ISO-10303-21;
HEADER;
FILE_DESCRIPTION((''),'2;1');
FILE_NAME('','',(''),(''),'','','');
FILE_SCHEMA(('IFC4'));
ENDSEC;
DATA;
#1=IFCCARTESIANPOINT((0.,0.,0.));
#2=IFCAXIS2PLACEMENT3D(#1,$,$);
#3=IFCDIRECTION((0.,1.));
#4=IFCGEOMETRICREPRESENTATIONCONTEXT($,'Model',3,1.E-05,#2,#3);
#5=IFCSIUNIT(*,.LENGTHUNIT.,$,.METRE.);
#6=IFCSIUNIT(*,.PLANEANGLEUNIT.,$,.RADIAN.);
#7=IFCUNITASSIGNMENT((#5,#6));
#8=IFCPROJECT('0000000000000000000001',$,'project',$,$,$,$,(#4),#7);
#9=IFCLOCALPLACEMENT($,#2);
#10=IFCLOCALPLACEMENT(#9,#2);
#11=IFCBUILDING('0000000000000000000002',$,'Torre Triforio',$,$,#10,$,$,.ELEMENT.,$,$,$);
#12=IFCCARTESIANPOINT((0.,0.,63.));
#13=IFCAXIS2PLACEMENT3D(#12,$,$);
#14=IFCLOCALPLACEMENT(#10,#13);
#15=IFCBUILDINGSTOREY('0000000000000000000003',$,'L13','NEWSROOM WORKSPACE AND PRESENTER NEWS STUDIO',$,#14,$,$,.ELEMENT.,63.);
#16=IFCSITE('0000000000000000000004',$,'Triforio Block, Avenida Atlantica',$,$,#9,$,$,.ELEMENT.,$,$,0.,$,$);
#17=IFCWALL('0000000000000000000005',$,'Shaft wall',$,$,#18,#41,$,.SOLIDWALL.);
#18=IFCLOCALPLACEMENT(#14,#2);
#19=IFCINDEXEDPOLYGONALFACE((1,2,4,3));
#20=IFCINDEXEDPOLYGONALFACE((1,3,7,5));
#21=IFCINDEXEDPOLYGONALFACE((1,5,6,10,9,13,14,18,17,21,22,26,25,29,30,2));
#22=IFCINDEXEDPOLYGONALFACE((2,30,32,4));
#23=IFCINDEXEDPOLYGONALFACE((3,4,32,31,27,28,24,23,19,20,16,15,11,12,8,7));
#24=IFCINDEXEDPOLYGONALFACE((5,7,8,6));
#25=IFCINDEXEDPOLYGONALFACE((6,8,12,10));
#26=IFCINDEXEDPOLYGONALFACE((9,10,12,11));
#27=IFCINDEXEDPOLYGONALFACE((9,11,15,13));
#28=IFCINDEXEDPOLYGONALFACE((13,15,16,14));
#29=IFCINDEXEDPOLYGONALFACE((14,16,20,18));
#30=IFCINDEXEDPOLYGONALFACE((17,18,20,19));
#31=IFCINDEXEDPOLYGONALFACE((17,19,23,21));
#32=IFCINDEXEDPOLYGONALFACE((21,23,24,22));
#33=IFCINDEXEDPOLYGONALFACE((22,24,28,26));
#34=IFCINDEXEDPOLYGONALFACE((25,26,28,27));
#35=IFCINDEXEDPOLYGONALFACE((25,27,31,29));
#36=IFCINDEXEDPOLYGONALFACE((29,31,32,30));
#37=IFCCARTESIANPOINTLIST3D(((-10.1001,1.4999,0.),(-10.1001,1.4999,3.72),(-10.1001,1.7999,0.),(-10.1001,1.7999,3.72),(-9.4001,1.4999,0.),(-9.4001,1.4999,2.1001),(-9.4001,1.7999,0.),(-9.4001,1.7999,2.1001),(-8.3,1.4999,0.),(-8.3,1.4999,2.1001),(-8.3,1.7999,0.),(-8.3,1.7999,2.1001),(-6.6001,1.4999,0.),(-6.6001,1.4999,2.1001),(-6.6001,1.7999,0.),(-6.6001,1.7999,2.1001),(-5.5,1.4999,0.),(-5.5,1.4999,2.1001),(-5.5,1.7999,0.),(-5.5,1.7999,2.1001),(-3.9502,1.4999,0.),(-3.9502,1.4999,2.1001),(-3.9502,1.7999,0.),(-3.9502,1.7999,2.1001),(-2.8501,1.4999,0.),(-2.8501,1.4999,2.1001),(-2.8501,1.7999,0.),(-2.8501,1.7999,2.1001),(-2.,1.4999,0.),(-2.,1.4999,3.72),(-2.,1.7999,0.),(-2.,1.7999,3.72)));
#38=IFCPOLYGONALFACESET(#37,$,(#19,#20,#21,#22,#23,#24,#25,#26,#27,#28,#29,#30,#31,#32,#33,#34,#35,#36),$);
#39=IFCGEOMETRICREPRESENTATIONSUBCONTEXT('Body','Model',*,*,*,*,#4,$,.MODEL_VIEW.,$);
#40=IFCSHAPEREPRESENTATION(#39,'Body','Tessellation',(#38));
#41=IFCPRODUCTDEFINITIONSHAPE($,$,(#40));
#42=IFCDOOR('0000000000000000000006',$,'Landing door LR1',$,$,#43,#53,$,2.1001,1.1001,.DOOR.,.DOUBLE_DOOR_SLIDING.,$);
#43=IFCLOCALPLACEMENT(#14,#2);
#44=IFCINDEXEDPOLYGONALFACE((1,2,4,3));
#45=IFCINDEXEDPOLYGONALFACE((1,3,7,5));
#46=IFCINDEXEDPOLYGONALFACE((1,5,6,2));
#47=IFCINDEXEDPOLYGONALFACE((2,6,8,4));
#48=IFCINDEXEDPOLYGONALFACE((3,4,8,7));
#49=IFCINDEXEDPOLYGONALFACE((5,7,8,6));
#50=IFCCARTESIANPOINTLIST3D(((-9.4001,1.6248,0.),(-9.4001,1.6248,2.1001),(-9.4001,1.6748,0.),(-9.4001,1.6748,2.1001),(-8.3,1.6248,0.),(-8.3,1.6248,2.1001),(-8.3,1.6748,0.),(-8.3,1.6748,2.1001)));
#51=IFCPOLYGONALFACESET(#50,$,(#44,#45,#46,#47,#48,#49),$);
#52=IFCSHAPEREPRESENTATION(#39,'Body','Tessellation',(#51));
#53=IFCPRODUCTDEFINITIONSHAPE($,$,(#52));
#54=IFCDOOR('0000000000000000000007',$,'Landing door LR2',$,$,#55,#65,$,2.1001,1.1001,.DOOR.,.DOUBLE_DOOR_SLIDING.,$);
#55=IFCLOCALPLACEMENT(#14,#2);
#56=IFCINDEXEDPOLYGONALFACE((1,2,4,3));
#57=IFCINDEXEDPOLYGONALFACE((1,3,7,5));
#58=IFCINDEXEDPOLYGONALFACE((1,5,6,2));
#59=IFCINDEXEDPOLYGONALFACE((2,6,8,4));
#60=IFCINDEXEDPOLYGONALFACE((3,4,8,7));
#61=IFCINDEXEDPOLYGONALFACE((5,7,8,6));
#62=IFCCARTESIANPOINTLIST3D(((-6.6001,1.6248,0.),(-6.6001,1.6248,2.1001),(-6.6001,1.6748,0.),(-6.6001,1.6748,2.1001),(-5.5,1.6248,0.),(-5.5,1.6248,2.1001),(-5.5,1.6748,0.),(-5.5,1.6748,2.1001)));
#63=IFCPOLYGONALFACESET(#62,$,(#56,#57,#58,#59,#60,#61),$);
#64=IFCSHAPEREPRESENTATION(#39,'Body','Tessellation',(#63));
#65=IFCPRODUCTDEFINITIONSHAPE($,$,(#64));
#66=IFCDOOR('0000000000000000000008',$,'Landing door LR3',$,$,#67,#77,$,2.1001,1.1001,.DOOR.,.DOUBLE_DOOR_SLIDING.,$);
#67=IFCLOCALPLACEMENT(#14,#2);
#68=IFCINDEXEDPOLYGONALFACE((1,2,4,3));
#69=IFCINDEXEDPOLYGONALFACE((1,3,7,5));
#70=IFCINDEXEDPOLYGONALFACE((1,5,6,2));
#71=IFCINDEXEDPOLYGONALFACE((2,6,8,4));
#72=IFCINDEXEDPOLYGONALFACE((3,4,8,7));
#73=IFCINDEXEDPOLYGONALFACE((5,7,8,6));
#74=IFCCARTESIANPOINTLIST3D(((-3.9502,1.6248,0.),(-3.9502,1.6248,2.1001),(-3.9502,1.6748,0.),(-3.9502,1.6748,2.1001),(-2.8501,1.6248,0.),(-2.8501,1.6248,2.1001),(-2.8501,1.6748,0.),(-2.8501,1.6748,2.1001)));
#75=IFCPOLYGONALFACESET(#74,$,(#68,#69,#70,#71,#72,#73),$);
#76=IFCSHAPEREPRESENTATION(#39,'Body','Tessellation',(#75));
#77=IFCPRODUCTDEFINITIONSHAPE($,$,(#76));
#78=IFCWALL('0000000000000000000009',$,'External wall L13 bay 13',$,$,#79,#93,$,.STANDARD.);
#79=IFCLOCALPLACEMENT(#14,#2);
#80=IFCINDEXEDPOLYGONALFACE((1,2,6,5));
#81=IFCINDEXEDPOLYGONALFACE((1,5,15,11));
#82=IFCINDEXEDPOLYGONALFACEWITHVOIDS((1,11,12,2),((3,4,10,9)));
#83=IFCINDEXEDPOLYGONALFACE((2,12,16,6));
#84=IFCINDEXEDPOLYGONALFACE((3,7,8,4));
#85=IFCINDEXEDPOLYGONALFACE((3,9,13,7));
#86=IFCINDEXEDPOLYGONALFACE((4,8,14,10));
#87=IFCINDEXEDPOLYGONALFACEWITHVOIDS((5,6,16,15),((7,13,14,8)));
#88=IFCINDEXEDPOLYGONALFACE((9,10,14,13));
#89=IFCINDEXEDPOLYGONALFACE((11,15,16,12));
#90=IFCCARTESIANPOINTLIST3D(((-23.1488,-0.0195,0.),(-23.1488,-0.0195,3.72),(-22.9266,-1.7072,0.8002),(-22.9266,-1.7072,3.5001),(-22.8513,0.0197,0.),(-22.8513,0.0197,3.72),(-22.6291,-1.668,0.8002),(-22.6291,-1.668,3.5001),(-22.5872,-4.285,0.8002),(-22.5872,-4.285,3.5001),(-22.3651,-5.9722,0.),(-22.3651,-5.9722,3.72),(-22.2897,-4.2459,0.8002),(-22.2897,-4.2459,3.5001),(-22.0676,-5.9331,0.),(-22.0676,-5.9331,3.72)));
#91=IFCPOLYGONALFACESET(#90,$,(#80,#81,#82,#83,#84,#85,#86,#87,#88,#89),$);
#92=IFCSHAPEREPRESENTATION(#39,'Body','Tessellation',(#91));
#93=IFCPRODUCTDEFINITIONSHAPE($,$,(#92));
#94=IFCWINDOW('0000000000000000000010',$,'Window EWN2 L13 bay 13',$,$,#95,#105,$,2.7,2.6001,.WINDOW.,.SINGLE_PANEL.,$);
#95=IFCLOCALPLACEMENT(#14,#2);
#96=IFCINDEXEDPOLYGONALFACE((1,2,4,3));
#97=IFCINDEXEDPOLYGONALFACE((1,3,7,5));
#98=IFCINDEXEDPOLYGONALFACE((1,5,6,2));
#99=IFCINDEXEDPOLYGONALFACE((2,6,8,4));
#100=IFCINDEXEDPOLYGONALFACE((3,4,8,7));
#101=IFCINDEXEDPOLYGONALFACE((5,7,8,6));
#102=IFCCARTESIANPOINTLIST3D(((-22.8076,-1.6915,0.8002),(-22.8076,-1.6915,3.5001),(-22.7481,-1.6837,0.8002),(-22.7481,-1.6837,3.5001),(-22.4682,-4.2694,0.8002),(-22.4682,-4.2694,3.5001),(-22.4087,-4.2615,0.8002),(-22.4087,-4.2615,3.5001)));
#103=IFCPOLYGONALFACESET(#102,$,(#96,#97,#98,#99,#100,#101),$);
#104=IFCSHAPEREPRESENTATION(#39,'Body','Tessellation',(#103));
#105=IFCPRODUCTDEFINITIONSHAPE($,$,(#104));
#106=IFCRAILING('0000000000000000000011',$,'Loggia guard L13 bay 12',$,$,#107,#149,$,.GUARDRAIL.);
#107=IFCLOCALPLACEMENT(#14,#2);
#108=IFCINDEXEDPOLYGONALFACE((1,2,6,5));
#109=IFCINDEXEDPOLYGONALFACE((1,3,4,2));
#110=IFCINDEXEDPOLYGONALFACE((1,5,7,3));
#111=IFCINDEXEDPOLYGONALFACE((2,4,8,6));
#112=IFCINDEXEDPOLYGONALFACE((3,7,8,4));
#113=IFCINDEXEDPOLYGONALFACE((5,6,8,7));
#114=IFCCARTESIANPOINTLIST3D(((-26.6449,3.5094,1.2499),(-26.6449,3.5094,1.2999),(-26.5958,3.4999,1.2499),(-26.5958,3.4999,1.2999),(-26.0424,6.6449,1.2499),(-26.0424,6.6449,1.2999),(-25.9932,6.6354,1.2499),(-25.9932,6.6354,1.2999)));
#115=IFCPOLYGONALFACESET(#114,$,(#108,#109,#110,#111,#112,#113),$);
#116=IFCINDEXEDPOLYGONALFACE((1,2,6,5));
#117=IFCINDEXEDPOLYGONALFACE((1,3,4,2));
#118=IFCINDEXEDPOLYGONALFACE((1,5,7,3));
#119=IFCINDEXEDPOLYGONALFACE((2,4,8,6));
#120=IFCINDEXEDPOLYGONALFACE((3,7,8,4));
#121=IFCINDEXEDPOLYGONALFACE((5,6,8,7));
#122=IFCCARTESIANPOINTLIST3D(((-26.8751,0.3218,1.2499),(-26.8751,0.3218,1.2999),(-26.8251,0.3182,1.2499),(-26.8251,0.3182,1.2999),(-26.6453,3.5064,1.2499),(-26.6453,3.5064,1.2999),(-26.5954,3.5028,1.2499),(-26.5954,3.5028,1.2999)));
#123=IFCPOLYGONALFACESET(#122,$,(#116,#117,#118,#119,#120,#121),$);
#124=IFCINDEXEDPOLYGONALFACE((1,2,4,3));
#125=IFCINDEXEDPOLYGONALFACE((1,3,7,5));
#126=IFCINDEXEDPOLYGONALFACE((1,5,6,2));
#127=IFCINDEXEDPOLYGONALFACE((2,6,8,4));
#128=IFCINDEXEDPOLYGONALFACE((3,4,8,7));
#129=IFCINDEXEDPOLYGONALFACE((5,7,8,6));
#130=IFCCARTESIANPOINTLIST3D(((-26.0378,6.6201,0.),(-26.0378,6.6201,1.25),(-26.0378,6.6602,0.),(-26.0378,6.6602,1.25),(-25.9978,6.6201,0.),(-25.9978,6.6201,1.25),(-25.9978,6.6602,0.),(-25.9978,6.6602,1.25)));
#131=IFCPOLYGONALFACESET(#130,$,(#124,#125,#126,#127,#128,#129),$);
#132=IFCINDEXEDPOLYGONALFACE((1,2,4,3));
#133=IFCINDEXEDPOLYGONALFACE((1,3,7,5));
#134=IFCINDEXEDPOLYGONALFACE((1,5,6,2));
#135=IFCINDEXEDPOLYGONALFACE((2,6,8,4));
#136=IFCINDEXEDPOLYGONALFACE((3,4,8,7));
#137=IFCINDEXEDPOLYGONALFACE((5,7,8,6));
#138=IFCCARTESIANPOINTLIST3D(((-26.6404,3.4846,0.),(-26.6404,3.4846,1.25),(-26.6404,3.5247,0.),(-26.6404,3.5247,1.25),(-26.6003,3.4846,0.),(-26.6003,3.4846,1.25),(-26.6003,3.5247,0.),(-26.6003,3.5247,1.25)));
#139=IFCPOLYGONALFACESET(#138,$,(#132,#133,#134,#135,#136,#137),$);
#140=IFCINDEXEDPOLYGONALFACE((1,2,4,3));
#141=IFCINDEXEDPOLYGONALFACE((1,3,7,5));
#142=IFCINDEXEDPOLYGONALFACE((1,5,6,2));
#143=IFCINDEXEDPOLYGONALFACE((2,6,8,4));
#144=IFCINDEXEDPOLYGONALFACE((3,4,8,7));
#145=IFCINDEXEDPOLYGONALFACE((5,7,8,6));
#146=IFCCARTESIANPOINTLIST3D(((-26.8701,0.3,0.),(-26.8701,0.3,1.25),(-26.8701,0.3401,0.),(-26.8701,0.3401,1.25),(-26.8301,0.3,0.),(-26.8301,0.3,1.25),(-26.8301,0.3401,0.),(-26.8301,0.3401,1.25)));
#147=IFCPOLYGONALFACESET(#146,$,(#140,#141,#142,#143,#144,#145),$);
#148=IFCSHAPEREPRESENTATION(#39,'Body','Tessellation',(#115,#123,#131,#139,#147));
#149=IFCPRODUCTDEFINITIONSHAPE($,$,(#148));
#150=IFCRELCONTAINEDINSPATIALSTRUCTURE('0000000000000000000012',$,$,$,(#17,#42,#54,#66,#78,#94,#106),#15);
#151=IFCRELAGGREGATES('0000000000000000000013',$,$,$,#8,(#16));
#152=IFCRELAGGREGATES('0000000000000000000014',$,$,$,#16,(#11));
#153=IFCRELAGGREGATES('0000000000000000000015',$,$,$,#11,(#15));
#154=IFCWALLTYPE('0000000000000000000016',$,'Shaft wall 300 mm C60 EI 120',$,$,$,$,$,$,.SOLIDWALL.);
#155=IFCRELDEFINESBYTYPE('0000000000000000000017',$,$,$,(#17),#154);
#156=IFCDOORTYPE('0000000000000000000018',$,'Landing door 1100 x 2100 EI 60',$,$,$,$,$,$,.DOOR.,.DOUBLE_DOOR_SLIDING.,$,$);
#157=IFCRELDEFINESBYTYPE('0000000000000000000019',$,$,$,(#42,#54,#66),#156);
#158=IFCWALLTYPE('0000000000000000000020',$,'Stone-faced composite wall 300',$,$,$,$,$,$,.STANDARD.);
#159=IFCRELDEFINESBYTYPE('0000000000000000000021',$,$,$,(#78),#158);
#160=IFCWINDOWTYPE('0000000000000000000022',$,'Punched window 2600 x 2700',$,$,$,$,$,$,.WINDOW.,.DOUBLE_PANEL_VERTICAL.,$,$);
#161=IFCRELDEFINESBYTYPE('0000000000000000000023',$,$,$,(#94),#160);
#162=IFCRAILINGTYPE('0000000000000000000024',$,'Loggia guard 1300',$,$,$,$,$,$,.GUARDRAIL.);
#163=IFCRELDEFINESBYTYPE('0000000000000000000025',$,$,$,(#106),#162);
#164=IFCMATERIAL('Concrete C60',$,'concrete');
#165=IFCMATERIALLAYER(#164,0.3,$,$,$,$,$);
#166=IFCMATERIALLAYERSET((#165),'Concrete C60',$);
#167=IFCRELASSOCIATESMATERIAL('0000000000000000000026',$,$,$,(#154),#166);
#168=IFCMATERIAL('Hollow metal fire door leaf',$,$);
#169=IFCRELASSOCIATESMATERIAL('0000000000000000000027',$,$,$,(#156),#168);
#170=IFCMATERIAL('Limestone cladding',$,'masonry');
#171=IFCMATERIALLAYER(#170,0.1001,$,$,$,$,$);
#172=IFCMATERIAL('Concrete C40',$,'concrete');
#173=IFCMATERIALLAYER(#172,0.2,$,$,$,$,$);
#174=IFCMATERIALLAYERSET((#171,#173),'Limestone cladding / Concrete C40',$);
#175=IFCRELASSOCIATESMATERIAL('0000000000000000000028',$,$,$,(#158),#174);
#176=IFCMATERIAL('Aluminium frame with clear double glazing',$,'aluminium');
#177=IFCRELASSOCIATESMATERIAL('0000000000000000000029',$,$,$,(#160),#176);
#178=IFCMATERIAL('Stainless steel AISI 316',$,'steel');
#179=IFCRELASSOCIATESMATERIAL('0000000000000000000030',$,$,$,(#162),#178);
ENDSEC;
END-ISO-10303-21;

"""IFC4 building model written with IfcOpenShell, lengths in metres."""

from ifc_helpers import new_model, si_unit, direction, frame, frame_2d, origin, origin_2d, place, context, subcontext, project, spatial, rectangle, extrude, material, layer, layer_set, type_object, element, fill, save


model = new_model("IFC4")

# Units and contexts
model_context = context("Model", 3, precision=1e-05, world=origin(), true_north=direction((0.0, 1.0)))
body_context = subcontext(model_context, "Body", "Model", "MODEL_VIEW")
ifc_project = project(units=[si_unit("LENGTHUNIT", "METRE"), si_unit("PLANEANGLEUNIT", "RADIAN")], contexts=[model_context])

# Site, building, storey
site_placement = place(None, origin())
site = spatial("IfcSite", under=ifc_project, at=site_placement, Name="Triforio Block, Avenida Atlantica", CompositionType="ELEMENT", RefElevation=0.0)
building_placement = place(site_placement, origin())
building = spatial("IfcBuilding", under=site, at=building_placement, Name="Torre Triforio", CompositionType="ELEMENT")
storey_placement = place(building_placement, frame((0.0, 0.0, 63.0)))
storey = spatial("IfcBuildingStorey", under=building, at=storey_placement, Name="L13", Description="NEWSROOM WORKSPACE AND PRESENTER NEWS STUDIO", CompositionType="ELEMENT", Elevation=63.0)

# Shared definitions
ifc_material_1 = material(Name="Concrete C60", Category="concrete")
ifc_material_2 = material(Name="Hollow metal fire door leaf")

# Shared definitions
ifc_layer_1 = layer(ifc_material_1, 0.3)
ifc_layer_set_1 = layer_set([ifc_layer_1], Name="Concrete C60")
wall_type_1 = type_object("IfcWallType", Name="Shaft wall 300 mm C60 EI 120", PredefinedType="SOLIDWALL", material=ifc_layer_set_1)

# Wall, openings, doors
wall_1_placement = place(storey_placement, frame((-10.1001, 1.6499, 0.0), z_axis=(0.0, 0.0, 1.0), x_axis=(1.0, 0.0, 0.0)))
wall_1 = element("IfcWall", 1, at=wall_1_placement, inside=storey, type_object=wall_type_1, Name="Shaft wall", PredefinedType="SOLIDWALL", context=body_context, shape_type="SweptSolid", body=[
    extrude(rectangle(XDim=8.1001, YDim=0.3, at=frame_2d((4.05, 0.0))), origin(), (0.0, 0.0, 1.0), 3.72),
])
opening_1_placement = place(wall_1_placement, frame((0.7, 0.0, 0.0)))
opening_1 = element("IfcOpeningElement", 2, at=opening_1_placement, cuts=wall_1, PredefinedType="OPENING", context=body_context, shape_type="SweptSolid", body=[
    extrude(rectangle(XDim=1.1001, YDim=2.1001, at=frame_2d((0.55, 1.05))), frame((0.0, 0.1599, 0.0), z_axis=(0.0, -1.0, 0.0), x_axis=(1.0, 0.0, 0.0)), (0.0, 0.0, 1.0), 0.3201),
])
opening_2_placement = place(wall_1_placement, frame((3.5, 0.0, 0.0)))
opening_2 = element("IfcOpeningElement", 3, at=opening_2_placement, cuts=wall_1, PredefinedType="OPENING", context=body_context, shape_type="SweptSolid", body=[
    extrude(rectangle(XDim=1.1001, YDim=2.1001, at=frame_2d((0.55, 1.05))), frame((0.0, 0.1599, 0.0), z_axis=(0.0, -1.0, 0.0), x_axis=(1.0, 0.0, 0.0)), (0.0, 0.0, 1.0), 0.3201),
])
opening_3_placement = place(wall_1_placement, frame((6.1499, 0.0, 0.0)))
opening_3 = element("IfcOpeningElement", 4, at=opening_3_placement, cuts=wall_1, PredefinedType="OPENING", context=body_context, shape_type="SweptSolid", body=[
    extrude(rectangle(XDim=1.1001, YDim=2.1001, at=frame_2d((0.55, 1.05))), frame((0.0, 0.1599, 0.0), z_axis=(0.0, -1.0, 0.0), x_axis=(1.0, 0.0, 0.0)), (0.0, 0.0, 1.0), 0.3201),
])
door_type_1 = type_object("IfcDoorType", Name="Landing door 1100 x 2100 EI 60", OperationType="DOUBLE_DOOR_SLIDING", PredefinedType="DOOR", material=ifc_material_2)
door_1_placement = place(opening_1_placement, origin())
door_1 = element("IfcDoor", 5, at=door_1_placement, inside=storey, type_object=door_type_1, Name="Landing door LR1", OperationType="DOUBLE_DOOR_SLIDING", OverallHeight=2.1001, OverallWidth=1.1001, PredefinedType="DOOR", context=body_context, shape_type="SweptSolid", body=[
    extrude(rectangle(XDim=1.1001, YDim=2.1001, at=frame_2d((0.55, 1.05))), frame((0.0, 0.0249, 0.0), z_axis=(0.0, -1.0, 0.0), x_axis=(1.0, 0.0, 0.0)), (0.0, 0.0, 1.0), 0.05),
])
fill(opening_1, door_1)
door_2_placement = place(opening_2_placement, origin())
door_2 = element("IfcDoor", 6, at=door_2_placement, inside=storey, type_object=door_type_1, Name="Landing door LR2", OperationType="DOUBLE_DOOR_SLIDING", OverallHeight=2.1001, OverallWidth=1.1001, PredefinedType="DOOR", context=body_context, shape_type="SweptSolid", body=[
    extrude(rectangle(XDim=1.1001, YDim=2.1001, at=frame_2d((0.55, 1.05))), frame((0.0, 0.0249, 0.0), z_axis=(0.0, -1.0, 0.0), x_axis=(1.0, 0.0, 0.0)), (0.0, 0.0, 1.0), 0.05),
])
fill(opening_2, door_2)
door_3_placement = place(opening_3_placement, origin())
door_3 = element("IfcDoor", 7, at=door_3_placement, inside=storey, type_object=door_type_1, Name="Landing door LR3", OperationType="DOUBLE_DOOR_SLIDING", OverallHeight=2.1001, OverallWidth=1.1001, PredefinedType="DOOR", context=body_context, shape_type="SweptSolid", body=[
    extrude(rectangle(XDim=1.1001, YDim=2.1001, at=frame_2d((0.55, 1.05))), frame((0.0, 0.0249, 0.0), z_axis=(0.0, -1.0, 0.0), x_axis=(1.0, 0.0, 0.0)), (0.0, 0.0, 1.0), 0.05),
])
fill(opening_3, door_3)

# Shared definitions
ifc_material_3 = material(Name="Limestone cladding", Category="masonry")
ifc_layer_2 = layer(ifc_material_3, 0.1001)
ifc_material_4 = material(Name="Concrete C40", Category="concrete")
ifc_layer_3 = layer(ifc_material_4, 0.2)
ifc_layer_set_2 = layer_set([ifc_layer_2, ifc_layer_3], Name="Limestone cladding / Concrete C40")
wall_type_2 = type_object("IfcWallType", Name="Stone-faced composite wall 300", PredefinedType="STANDARD", material=ifc_layer_set_2)
ifc_material_5 = material(Name="Aluminium frame with clear double glazing", Category="aluminium")

# Wall, opening, window
wall_2_placement = place(storey_placement, frame((-23.0, 0.0, 0.0), z_axis=(0.0, 0.0, 1.0), x_axis=(0.130523, -0.991445, 0.0)))
wall_2 = element("IfcWall", 8, at=wall_2_placement, inside=storey, type_object=wall_type_2, Name="External wall L13 bay 13", PredefinedType="STANDARD", context=body_context, shape_type="SweptSolid", body=[
    extrude(rectangle(XDim=6.0042, YDim=0.3, at=frame_2d((3.002, 0.0))), origin(), (0.0, 0.0, 1.0), 3.72),
])
opening_4_placement = place(wall_2_placement, frame((1.7021, 0.0, 0.8)))
opening_4 = element("IfcOpeningElement", 9, at=opening_4_placement, cuts=wall_2, PredefinedType="OPENING", context=body_context, shape_type="SweptSolid", body=[
    extrude(rectangle(XDim=2.6001, YDim=2.7, at=frame_2d((1.3, 1.3501))), frame((0.0, 0.1599, 0.0), z_axis=(0.0, -1.0, 0.0), x_axis=(1.0, 0.0, 0.0)), (0.0, 0.0, 1.0), 0.3201),
])
window_type_1 = type_object("IfcWindowType", Name="Punched window 2600 x 2700", PartitioningType="DOUBLE_PANEL_VERTICAL", PredefinedType="WINDOW", material=ifc_material_5)
window_1_placement = place(opening_4_placement, origin())
window_1 = element("IfcWindow", 10, at=window_1_placement, inside=storey, type_object=window_type_1, Name="Window EWN2 L13 bay 13", OverallHeight=2.7, OverallWidth=2.6001, PartitioningType="SINGLE_PANEL", PredefinedType="WINDOW", context=body_context, shape_type="SweptSolid", body=[
    extrude(rectangle(XDim=2.6001, YDim=2.7, at=frame_2d((1.3, 1.3501))), frame((0.0, 0.03, 0.0), z_axis=(0.0, -1.0, 0.0), x_axis=(1.0, 0.0, 0.0)), (0.0, 0.0, 1.0), 0.0601),
])
fill(opening_4, window_1)

# Railing
ifc_material_6 = material(Name="Stainless steel AISI 316", Category="steel")
railing_type = type_object("IfcRailingType", Name="Loggia guard 1300", PredefinedType="GUARDRAIL", material=ifc_material_6)
railing_1_placement = place(storey_placement, frame((-26.0178, 6.6401, 0.0)))
element("IfcRailing", 11, at=railing_1_placement, inside=storey, type_object=railing_type, Name="Loggia guard L13 bay 12", PredefinedType="GUARDRAIL", context=body_context, shape_type="SweptSolid", body=[
    extrude(rectangle(XDim=0.05, YDim=0.05, at=origin_2d()), frame((0.0, 0.0, 1.2749), z_axis=(-0.188714, -0.982032, 0.0), x_axis=(0.982032, -0.188714, 0.0)), (0.0, 0.0, 1.0), 3.1929),
    extrude(rectangle(XDim=0.05, YDim=0.05, at=origin_2d()), frame((-0.6025, -3.1355, 1.2749), z_axis=(-0.071953, -0.997408, 0.0), x_axis=(0.997408, -0.071953, 0.0)), (0.0, 0.0, 1.0), 3.1929),
    extrude(rectangle(XDim=0.04, YDim=0.04, at=origin_2d()), origin(), (0.0, 0.0, 1.0), 1.25),
    extrude(rectangle(XDim=0.04, YDim=0.04, at=origin_2d()), frame((-0.6025, -3.1355, 0.0)), (0.0, 0.0, 1.0), 1.25),
    extrude(rectangle(XDim=0.04, YDim=0.04, at=origin_2d()), frame((-0.8323, -6.3201, 0.0)), (0.0, 0.0, 1.0), 1.25),
])

save(model, "model.ifc")
